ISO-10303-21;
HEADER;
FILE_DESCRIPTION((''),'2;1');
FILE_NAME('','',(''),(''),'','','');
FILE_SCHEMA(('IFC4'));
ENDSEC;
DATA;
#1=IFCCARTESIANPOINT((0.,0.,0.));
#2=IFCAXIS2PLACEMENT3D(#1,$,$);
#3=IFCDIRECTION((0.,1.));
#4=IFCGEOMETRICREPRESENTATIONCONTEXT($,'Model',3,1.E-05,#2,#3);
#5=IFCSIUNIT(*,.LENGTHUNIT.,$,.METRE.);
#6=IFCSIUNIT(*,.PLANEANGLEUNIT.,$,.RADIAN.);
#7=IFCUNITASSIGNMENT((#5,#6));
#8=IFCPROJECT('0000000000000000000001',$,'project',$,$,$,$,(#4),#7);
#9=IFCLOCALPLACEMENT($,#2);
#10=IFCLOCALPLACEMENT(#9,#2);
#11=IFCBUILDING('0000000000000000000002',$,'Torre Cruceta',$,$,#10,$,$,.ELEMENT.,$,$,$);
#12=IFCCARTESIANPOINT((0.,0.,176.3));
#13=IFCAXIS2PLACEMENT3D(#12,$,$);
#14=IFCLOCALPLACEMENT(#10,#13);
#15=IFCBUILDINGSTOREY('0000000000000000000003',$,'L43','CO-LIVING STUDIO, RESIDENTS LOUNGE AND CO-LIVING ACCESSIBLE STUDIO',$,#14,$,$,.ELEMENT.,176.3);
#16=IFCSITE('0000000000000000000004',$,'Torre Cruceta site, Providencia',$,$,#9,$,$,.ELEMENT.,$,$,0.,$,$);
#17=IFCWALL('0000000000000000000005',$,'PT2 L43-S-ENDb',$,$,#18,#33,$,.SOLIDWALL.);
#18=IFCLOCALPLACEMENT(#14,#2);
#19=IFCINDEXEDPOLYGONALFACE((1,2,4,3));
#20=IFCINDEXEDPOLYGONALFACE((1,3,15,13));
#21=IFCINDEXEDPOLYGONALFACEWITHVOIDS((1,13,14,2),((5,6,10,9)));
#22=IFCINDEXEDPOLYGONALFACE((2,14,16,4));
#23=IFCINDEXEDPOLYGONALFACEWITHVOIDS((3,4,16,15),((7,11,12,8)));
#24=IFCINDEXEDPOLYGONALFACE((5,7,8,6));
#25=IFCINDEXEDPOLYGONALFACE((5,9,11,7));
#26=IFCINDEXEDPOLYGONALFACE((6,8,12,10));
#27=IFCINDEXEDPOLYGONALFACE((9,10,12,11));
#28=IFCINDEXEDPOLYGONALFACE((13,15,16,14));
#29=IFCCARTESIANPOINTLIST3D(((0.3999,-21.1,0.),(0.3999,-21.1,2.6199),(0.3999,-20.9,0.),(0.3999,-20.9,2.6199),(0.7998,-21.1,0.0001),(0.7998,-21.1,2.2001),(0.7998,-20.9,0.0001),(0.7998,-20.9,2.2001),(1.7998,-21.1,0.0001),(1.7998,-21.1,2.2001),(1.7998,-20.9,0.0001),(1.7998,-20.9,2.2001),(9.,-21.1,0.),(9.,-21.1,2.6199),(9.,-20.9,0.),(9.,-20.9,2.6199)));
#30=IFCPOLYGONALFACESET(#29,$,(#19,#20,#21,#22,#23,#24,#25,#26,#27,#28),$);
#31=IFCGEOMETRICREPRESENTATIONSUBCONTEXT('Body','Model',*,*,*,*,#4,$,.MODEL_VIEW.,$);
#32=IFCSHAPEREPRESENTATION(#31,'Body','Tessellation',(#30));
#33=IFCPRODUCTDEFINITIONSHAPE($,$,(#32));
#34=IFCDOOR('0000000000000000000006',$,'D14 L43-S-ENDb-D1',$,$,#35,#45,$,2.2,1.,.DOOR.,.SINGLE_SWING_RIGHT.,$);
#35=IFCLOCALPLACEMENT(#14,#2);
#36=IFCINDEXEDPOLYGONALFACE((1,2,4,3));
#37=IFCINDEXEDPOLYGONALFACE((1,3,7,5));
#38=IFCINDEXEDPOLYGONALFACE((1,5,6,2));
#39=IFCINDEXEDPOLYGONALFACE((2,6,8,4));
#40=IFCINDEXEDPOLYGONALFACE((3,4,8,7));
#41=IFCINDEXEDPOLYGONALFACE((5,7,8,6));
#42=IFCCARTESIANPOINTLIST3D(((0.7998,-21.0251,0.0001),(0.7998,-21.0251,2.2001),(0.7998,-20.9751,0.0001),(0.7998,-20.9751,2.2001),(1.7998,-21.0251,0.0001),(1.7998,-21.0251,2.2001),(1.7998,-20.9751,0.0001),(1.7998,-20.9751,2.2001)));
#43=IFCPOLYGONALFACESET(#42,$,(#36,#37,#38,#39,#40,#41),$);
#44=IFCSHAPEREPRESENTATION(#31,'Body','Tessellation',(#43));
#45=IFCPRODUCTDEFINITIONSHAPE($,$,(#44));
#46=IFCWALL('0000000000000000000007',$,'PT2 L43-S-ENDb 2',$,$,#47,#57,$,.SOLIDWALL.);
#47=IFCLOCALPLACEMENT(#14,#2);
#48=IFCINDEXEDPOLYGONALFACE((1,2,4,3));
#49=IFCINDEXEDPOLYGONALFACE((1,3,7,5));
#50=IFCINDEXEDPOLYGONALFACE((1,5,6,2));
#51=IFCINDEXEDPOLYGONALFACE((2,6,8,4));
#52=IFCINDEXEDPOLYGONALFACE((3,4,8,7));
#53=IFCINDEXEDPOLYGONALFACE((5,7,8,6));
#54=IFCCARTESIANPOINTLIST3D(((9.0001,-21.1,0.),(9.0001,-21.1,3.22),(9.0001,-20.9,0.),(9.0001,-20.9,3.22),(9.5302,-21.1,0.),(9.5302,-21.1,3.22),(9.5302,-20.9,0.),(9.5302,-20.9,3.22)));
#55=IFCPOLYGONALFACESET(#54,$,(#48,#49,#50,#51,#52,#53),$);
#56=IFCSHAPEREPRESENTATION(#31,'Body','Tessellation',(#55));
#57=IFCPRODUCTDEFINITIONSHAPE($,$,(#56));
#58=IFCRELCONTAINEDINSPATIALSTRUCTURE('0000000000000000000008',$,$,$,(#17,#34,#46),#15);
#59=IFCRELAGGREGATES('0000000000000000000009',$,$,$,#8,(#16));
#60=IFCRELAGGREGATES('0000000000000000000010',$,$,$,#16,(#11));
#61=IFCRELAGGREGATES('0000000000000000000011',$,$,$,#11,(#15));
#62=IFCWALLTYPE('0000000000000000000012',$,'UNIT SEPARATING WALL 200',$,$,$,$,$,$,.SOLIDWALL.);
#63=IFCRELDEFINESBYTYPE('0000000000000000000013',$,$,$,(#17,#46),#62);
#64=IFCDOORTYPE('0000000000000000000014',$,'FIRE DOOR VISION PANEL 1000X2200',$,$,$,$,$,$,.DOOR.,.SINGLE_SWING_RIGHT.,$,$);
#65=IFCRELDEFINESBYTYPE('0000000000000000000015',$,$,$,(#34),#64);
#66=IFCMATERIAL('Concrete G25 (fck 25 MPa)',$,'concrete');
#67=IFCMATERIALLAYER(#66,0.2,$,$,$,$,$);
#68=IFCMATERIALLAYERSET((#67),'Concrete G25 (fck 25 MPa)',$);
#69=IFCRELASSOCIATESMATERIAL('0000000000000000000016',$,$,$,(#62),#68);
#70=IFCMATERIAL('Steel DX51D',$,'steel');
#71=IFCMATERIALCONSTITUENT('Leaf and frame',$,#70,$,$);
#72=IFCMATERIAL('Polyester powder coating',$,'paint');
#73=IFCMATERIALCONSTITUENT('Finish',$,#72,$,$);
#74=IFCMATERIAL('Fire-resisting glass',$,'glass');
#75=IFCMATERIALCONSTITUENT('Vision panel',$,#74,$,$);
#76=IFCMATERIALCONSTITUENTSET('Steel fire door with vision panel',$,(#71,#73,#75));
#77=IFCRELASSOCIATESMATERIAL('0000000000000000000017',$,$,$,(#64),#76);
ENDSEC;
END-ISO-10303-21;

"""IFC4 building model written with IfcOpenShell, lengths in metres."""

from ifc_helpers import new_model, si_unit, direction, frame, frame_2d, origin, place, context, subcontext, project, spatial, rectangle, extrude, material, layer, layer_set, constituent, constituent_set, type_object, element, fill, save


model = new_model("IFC4")

# Units and contexts
model_context = context("Model", 3, precision=1e-05, world=origin(), true_north=direction((0.0, 1.0)))
body_context = subcontext(model_context, "Body", "Model", "MODEL_VIEW")
ifc_project = project(units=[si_unit("LENGTHUNIT", "METRE"), si_unit("PLANEANGLEUNIT", "RADIAN")], contexts=[model_context])

# Site, building, storey
site_placement = place(None, origin())
site = spatial("IfcSite", under=ifc_project, at=site_placement, Name="Torre Cruceta site, Providencia", CompositionType="ELEMENT", RefElevation=0.0)
building_placement = place(site_placement, origin())
building = spatial("IfcBuilding", under=site, at=building_placement, Name="Torre Cruceta", CompositionType="ELEMENT")
storey_placement = place(building_placement, frame((0.0, 0.0, 176.3)))
storey = spatial("IfcBuildingStorey", under=building, at=storey_placement, Name="L43", Description="CO-LIVING STUDIO, RESIDENTS LOUNGE AND CO-LIVING ACCESSIBLE STUDIO", CompositionType="ELEMENT", Elevation=176.3)

# Wall, opening, door
ifc_material_1 = material(Name="Concrete G25 (fck 25 MPa)", Category="concrete")
ifc_layer_1 = layer(ifc_material_1, 0.2)
ifc_layer_set_1 = layer_set([ifc_layer_1], Name="Concrete G25 (fck 25 MPa)")
wall_type_1 = type_object("IfcWallType", Name="UNIT SEPARATING WALL 200", PredefinedType="SOLIDWALL", material=ifc_layer_set_1)
wall_1_placement = place(storey_placement, frame((0.3999, -21.0, 0.0), z_axis=(0.0, 0.0, 1.0), x_axis=(1.0, 0.0, 0.0)))
wall_1 = element("IfcWall", 1, at=wall_1_placement, inside=storey, type_object=wall_type_1, Name="PT2 L43-S-ENDb", PredefinedType="SOLIDWALL", context=body_context, shape_type="SweptSolid", body=[
    extrude(rectangle(XDim=8.6001, YDim=0.2, at=frame_2d((4.3, 0.0))), origin(), (0.0, 0.0, 1.0), 2.6199),
])
opening_1_placement = place(wall_1_placement, frame((0.3999, 0.0, 0.0)))
opening_1 = element("IfcOpeningElement", 2, at=opening_1_placement, cuts=wall_1, PredefinedType="OPENING", context=body_context, shape_type="SweptSolid", body=[
    extrude(rectangle(XDim=1.0, YDim=2.2, at=frame_2d((0.5, 1.1001))), frame((0.0, 0.1099, 0.0), z_axis=(0.0, -1.0, 0.0), x_axis=(1.0, 0.0, 0.0)), (0.0, 0.0, 1.0), 0.22),
])
ifc_material_2 = material(Name="Steel DX51D", Category="steel")
ifc_constituent_1 = constituent(ifc_material_2, Name="Leaf and frame")
ifc_material_3 = material(Name="Polyester powder coating", Category="paint")
ifc_constituent_2 = constituent(ifc_material_3, Name="Finish")
ifc_material_4 = material(Name="Fire-resisting glass", Category="glass")
ifc_constituent_3 = constituent(ifc_material_4, Name="Vision panel")
ifc_constituent_set_1 = constituent_set(constituents=[ifc_constituent_1, ifc_constituent_2, ifc_constituent_3], Name="Steel fire door with vision panel")
door_type_1 = type_object("IfcDoorType", Name="FIRE DOOR VISION PANEL 1000X2200", OperationType="SINGLE_SWING_RIGHT", PredefinedType="DOOR", material=ifc_constituent_set_1)
door_1_placement = place(opening_1_placement, frame((1.0, 0.0, 0.0), z_axis=(0.0, 0.0, 1.0), x_axis=(-1.0, 0.0, 0.0)))
door_1 = element("IfcDoor", 3, at=door_1_placement, inside=storey, type_object=door_type_1, Name="D14 L43-S-ENDb-D1", OperationType="SINGLE_SWING_RIGHT", OverallHeight=2.2, OverallWidth=1.0, PredefinedType="DOOR", context=body_context, shape_type="SweptSolid", body=[
    extrude(rectangle(XDim=1.0, YDim=2.2, at=frame_2d((0.5, 1.1001))), frame((0.0, 0.0251, 0.0), z_axis=(0.0, -1.0, 0.0), x_axis=(1.0, 0.0, 0.0)), (0.0, 0.0, 1.0), 0.05),
])
fill(opening_1, door_1)

# Wall
wall_2_placement = place(storey_placement, frame((9.0, -21.0, 0.0), z_axis=(0.0, 0.0, 1.0), x_axis=(1.0, 0.0, 0.0)))
element("IfcWall", 4, at=wall_2_placement, inside=storey, type_object=wall_type_1, Name="PT2 L43-S-ENDb 2", PredefinedType="SOLIDWALL", context=body_context, shape_type="SweptSolid", body=[
    extrude(rectangle(XDim=0.53, YDim=0.2, at=frame_2d((0.2651, 0.0))), origin(), (0.0, 0.0, 1.0), 3.22),
])

save(model, "model.ifc")
